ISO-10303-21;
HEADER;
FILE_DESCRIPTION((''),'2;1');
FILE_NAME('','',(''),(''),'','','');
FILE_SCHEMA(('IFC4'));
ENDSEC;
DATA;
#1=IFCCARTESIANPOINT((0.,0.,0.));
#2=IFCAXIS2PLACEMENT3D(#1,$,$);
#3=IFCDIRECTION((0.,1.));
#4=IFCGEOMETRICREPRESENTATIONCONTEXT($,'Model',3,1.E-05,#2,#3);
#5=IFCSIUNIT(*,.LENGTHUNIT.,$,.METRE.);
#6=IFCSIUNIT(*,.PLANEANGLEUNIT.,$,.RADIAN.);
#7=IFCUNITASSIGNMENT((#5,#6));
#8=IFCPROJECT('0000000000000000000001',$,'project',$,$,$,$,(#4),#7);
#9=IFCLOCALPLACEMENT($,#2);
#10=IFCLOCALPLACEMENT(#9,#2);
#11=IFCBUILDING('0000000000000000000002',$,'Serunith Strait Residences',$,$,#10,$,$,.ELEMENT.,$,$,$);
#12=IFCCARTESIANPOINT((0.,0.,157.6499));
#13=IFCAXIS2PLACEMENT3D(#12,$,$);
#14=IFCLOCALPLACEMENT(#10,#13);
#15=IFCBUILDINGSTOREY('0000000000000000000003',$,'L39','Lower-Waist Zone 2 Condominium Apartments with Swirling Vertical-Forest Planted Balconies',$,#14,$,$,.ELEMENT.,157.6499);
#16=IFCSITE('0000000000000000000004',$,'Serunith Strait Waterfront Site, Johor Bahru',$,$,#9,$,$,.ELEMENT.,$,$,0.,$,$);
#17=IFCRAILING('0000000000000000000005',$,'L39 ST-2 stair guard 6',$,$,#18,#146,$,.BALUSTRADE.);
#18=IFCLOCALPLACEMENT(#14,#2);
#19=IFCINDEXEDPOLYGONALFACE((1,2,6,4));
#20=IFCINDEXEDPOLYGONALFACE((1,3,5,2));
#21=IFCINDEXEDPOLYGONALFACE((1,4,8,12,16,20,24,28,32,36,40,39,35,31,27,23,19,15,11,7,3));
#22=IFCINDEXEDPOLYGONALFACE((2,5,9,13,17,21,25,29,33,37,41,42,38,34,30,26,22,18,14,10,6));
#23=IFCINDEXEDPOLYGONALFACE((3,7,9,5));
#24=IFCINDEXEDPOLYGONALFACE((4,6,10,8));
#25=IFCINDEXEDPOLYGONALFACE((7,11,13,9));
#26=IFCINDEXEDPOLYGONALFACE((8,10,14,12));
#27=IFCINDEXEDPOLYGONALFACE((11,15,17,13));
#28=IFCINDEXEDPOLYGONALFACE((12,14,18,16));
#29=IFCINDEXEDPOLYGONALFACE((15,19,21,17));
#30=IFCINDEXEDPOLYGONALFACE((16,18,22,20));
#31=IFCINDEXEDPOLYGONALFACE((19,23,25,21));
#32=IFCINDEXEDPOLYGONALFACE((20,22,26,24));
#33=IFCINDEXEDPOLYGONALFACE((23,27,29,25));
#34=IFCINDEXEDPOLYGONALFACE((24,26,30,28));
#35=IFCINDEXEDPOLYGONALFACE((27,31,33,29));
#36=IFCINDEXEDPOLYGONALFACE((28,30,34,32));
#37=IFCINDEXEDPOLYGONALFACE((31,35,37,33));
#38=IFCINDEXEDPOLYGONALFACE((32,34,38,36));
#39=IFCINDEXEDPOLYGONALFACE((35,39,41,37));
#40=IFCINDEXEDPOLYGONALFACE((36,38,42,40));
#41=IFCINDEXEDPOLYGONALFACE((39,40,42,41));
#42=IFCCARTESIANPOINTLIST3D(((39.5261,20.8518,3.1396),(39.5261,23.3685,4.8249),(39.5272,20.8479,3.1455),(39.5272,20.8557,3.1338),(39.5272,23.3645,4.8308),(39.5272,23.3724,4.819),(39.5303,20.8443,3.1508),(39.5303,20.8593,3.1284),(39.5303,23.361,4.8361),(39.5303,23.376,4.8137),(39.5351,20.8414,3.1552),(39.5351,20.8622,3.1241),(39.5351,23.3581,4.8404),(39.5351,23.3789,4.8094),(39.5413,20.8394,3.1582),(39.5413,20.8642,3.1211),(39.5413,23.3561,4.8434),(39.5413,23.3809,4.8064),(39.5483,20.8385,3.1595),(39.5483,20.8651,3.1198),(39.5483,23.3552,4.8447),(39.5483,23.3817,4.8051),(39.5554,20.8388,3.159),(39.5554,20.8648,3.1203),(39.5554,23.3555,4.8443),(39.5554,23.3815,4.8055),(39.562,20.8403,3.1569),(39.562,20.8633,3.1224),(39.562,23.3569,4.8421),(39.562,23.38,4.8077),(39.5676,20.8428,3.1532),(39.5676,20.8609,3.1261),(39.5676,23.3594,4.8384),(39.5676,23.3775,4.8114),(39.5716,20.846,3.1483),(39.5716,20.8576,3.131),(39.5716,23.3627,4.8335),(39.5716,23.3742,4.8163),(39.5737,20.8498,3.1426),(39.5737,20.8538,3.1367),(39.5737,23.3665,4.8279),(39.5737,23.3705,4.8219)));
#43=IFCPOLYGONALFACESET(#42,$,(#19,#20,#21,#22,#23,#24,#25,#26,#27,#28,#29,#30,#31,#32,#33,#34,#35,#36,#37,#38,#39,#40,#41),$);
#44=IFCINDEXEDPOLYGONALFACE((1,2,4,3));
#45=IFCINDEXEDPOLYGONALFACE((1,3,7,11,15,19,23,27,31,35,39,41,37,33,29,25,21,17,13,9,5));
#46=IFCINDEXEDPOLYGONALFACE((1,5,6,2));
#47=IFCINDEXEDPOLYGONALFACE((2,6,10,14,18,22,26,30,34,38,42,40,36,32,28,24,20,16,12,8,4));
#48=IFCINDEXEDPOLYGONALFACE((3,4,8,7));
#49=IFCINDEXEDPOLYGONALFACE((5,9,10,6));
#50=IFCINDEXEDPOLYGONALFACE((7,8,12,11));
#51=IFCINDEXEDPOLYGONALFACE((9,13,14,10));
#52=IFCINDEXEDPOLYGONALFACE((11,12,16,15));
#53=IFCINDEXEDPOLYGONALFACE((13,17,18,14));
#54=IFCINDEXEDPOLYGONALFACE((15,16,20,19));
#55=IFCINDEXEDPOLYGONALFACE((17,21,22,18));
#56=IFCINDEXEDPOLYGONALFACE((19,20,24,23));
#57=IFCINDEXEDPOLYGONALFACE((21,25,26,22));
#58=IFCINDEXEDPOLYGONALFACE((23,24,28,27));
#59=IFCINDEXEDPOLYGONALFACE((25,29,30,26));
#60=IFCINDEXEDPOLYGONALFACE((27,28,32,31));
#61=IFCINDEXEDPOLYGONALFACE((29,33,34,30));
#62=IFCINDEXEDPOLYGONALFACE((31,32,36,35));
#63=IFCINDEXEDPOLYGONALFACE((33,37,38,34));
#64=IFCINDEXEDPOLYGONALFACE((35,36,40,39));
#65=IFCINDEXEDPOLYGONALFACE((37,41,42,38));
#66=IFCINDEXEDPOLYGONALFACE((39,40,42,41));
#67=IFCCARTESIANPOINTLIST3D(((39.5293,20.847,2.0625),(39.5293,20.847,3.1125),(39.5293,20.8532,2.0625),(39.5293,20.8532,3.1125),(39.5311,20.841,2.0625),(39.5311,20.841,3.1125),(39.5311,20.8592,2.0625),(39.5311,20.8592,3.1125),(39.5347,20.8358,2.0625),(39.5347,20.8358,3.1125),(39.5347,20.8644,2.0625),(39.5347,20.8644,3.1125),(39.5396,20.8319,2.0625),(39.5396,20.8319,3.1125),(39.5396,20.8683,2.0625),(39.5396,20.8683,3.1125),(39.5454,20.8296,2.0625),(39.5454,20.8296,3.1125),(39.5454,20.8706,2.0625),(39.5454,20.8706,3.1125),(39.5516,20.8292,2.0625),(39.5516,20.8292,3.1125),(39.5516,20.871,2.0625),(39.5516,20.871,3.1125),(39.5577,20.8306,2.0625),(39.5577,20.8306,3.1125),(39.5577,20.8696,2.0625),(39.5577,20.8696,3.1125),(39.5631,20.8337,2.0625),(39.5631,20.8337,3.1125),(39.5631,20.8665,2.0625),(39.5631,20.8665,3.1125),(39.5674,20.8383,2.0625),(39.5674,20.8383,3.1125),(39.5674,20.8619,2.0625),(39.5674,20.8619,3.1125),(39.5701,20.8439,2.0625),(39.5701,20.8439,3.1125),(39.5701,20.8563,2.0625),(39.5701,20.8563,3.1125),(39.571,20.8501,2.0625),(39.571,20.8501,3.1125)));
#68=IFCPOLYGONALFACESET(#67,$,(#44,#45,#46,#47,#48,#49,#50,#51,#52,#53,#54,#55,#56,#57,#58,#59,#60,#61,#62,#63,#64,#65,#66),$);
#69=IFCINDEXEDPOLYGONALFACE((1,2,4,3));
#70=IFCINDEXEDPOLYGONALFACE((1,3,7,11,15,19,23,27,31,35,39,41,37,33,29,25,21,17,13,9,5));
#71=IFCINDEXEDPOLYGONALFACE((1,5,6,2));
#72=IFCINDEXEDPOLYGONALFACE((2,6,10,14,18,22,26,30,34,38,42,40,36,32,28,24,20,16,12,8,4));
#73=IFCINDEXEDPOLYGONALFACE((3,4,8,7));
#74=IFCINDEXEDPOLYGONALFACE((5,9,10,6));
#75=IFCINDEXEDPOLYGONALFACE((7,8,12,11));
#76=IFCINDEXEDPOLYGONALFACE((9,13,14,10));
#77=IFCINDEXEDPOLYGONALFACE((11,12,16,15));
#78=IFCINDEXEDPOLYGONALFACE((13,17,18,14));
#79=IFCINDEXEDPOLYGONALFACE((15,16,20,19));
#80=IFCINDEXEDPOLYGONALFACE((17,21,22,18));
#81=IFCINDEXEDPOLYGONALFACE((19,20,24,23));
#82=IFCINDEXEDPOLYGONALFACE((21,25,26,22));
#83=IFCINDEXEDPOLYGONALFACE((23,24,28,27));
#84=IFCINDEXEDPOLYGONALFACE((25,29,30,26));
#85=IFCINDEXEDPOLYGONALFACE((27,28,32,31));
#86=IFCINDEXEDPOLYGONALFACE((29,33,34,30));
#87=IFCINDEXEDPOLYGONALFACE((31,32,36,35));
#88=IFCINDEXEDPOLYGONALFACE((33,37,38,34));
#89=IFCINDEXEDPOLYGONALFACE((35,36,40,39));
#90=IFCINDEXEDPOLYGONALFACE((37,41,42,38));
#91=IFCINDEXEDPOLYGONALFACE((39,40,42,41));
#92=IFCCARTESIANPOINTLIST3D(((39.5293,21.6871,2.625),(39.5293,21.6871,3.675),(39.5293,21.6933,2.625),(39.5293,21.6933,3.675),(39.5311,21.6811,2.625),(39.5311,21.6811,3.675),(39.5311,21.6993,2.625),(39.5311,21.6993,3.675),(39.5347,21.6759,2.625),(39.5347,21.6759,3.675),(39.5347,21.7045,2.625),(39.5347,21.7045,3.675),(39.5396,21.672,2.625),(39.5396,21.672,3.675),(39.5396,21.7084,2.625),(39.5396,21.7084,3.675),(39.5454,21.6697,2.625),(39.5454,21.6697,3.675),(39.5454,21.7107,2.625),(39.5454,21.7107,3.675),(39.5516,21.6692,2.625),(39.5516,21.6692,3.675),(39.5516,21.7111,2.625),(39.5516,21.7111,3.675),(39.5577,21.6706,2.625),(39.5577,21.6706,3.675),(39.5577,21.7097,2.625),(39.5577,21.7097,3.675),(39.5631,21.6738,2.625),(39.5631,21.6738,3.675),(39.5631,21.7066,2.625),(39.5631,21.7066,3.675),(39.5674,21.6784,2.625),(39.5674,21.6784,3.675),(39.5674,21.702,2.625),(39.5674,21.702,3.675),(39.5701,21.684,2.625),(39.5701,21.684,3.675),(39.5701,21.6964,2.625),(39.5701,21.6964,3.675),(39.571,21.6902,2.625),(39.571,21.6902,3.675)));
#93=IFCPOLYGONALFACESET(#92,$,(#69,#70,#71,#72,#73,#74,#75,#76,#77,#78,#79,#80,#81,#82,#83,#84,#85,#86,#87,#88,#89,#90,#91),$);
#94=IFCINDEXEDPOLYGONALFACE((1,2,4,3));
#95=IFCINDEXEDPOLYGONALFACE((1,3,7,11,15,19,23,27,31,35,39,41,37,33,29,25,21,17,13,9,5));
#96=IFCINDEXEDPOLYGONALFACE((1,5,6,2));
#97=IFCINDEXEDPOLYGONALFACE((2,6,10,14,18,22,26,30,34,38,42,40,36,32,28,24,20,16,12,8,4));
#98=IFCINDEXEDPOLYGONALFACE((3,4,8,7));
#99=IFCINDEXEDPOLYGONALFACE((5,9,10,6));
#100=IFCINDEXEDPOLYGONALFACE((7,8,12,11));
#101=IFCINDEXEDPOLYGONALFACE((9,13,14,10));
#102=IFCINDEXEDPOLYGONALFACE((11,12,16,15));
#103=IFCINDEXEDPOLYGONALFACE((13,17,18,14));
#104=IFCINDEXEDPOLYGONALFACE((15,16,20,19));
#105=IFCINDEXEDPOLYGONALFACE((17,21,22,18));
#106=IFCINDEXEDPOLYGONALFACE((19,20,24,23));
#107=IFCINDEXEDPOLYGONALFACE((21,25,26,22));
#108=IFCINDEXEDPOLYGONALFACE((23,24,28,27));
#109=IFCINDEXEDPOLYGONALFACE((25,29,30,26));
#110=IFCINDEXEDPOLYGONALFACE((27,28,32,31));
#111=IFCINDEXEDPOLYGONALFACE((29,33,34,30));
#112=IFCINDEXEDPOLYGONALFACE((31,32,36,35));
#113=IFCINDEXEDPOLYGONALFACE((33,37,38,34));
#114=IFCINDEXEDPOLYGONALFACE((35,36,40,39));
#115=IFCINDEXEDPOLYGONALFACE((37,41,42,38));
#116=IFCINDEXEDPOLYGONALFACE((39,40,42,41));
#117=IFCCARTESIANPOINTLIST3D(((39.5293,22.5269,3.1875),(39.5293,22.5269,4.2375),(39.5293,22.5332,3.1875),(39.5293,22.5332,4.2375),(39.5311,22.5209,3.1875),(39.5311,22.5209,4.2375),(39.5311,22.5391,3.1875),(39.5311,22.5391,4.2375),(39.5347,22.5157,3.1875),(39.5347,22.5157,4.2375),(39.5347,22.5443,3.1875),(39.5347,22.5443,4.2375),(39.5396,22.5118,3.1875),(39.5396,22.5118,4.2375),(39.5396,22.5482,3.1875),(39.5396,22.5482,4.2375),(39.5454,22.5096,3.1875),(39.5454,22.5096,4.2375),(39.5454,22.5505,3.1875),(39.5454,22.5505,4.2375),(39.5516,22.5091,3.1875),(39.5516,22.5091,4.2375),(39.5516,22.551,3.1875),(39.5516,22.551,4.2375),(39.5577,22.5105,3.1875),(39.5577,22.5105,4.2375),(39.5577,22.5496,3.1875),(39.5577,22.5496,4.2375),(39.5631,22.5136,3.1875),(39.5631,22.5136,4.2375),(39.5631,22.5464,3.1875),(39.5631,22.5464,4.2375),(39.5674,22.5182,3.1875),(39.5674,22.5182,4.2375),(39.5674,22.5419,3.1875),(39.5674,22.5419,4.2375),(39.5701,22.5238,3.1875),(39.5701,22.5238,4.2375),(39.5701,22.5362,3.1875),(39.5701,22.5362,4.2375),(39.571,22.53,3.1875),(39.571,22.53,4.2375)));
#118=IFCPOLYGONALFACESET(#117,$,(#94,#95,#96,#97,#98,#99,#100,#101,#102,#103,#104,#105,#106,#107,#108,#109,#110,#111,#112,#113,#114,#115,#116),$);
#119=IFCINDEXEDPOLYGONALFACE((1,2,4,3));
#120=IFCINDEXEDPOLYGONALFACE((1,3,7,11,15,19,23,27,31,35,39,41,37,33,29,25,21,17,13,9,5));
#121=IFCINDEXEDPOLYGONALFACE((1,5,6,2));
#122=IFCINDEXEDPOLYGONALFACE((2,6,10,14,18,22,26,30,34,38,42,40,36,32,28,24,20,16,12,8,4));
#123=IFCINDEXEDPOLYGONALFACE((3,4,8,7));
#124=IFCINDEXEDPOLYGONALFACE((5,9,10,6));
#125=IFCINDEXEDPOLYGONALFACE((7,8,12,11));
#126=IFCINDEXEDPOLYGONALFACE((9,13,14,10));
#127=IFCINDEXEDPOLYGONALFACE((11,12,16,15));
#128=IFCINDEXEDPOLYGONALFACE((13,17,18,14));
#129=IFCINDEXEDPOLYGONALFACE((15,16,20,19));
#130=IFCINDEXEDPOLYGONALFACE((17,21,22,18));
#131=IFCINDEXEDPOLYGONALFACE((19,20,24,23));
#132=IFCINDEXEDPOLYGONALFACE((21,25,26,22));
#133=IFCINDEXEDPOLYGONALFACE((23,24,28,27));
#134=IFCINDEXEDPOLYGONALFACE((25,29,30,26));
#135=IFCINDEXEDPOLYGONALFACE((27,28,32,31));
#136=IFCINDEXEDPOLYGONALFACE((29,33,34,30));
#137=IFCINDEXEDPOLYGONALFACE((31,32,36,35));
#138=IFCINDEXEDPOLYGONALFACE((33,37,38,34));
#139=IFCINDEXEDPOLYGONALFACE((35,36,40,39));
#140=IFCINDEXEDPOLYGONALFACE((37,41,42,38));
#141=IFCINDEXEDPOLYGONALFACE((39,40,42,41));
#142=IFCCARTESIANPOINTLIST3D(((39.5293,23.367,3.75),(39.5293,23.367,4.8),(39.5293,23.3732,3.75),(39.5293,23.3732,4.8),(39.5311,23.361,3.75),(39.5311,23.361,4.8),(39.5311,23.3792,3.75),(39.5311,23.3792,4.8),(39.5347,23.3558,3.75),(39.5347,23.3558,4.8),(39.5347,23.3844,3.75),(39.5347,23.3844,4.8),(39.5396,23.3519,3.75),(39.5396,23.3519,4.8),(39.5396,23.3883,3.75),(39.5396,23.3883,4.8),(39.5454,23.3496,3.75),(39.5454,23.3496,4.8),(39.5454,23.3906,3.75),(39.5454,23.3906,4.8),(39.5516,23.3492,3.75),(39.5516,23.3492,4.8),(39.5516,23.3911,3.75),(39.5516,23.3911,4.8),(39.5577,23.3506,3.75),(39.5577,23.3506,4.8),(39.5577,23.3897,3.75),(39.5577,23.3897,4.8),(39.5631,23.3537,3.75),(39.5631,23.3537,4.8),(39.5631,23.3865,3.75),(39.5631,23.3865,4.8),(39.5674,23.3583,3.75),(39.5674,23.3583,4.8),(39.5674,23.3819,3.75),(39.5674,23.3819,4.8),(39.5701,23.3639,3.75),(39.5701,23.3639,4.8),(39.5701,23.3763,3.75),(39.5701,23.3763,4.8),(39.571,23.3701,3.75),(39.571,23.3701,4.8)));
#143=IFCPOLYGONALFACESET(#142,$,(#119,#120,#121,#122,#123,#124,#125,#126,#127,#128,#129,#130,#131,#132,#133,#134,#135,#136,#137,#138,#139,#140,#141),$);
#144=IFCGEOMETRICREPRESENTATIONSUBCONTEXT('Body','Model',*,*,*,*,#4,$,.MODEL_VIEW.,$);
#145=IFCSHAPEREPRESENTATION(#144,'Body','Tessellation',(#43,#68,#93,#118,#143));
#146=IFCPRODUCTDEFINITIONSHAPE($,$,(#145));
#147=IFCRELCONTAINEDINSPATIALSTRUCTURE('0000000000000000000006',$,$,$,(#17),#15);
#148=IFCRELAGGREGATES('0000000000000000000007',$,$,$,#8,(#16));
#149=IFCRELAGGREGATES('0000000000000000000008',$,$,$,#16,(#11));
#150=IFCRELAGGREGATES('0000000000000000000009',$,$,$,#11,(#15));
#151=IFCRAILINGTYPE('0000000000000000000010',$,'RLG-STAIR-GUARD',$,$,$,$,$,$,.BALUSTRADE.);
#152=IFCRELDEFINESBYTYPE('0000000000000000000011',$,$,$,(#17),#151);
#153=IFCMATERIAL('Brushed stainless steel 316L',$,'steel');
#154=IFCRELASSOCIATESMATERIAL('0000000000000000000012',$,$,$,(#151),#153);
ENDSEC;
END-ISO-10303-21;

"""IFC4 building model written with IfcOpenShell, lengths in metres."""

from ifc_helpers import new_model, si_unit, direction, frame, origin, origin_2d, place, context, subcontext, project, spatial, circle, extrude, material, type_object, element, save


model = new_model("IFC4")

# Units and contexts
model_context = context("Model", 3, precision=1e-05, world=origin(), true_north=direction((0.0, 1.0)))
body_context = subcontext(model_context, "Body", "Model", "MODEL_VIEW")
ifc_project = project(units=[si_unit("LENGTHUNIT", "METRE"), si_unit("PLANEANGLEUNIT", "RADIAN")], contexts=[model_context])

# Site, building, storey
site_placement = place(None, origin())
site = spatial("IfcSite", under=ifc_project, at=site_placement, Name="Serunith Strait Waterfront Site, Johor Bahru", CompositionType="ELEMENT", RefElevation=0.0)
building_placement = place(site_placement, origin())
building = spatial("IfcBuilding", under=site, at=building_placement, Name="Serunith Strait Residences", CompositionType="ELEMENT")
storey_placement = place(building_placement, frame((0.0, 0.0, 157.6499)))
storey = spatial("IfcBuildingStorey", under=building, at=storey_placement, Name="L39", Description="Lower-Waist Zone 2 Condominium Apartments with Swirling Vertical-Forest Planted Balconies", CompositionType="ELEMENT", Elevation=157.6499)

# Railing
ifc_material_1 = material(Name="Brushed stainless steel 316L", Category="steel")
railing_type_1 = type_object("IfcRailingType", Name="RLG-STAIR-GUARD", PredefinedType="BALUSTRADE", material=ifc_material_1)
railing_1_placement = place(storey_placement, frame((39.55, 20.8501, 2.0625)))
element("IfcRailing", 1, at=railing_1_placement, inside=storey, type_object=railing_type_1, Name="L39 ST-2 stair guard 6", PredefinedType="BALUSTRADE", context=body_context, shape_type="SweptSolid", body=[
    extrude(circle(Radius=0.0239, at=origin_2d()), frame((0.0, 0.0017, 1.0771), z_axis=(0.0, 0.830909, 0.556408), x_axis=(-1.0, 0.0, 0.0)), (0.0, 0.0, 1.0), 3.0288),
    extrude(circle(Radius=0.021, at=origin_2d()), origin(), (0.0, 0.0, 1.0), 1.05),
    extrude(circle(Radius=0.021, at=origin_2d()), frame((0.0, 0.8401, 0.5625)), (0.0, 0.0, 1.0), 1.05),
    extrude(circle(Radius=0.021, at=origin_2d()), frame((0.0, 1.6799, 1.125)), (0.0, 0.0, 1.0), 1.05),
    extrude(circle(Radius=0.021, at=origin_2d()), frame((0.0, 2.52, 1.6875)), (0.0, 0.0, 1.0), 1.05),
])

save(model, "model.ifc")
